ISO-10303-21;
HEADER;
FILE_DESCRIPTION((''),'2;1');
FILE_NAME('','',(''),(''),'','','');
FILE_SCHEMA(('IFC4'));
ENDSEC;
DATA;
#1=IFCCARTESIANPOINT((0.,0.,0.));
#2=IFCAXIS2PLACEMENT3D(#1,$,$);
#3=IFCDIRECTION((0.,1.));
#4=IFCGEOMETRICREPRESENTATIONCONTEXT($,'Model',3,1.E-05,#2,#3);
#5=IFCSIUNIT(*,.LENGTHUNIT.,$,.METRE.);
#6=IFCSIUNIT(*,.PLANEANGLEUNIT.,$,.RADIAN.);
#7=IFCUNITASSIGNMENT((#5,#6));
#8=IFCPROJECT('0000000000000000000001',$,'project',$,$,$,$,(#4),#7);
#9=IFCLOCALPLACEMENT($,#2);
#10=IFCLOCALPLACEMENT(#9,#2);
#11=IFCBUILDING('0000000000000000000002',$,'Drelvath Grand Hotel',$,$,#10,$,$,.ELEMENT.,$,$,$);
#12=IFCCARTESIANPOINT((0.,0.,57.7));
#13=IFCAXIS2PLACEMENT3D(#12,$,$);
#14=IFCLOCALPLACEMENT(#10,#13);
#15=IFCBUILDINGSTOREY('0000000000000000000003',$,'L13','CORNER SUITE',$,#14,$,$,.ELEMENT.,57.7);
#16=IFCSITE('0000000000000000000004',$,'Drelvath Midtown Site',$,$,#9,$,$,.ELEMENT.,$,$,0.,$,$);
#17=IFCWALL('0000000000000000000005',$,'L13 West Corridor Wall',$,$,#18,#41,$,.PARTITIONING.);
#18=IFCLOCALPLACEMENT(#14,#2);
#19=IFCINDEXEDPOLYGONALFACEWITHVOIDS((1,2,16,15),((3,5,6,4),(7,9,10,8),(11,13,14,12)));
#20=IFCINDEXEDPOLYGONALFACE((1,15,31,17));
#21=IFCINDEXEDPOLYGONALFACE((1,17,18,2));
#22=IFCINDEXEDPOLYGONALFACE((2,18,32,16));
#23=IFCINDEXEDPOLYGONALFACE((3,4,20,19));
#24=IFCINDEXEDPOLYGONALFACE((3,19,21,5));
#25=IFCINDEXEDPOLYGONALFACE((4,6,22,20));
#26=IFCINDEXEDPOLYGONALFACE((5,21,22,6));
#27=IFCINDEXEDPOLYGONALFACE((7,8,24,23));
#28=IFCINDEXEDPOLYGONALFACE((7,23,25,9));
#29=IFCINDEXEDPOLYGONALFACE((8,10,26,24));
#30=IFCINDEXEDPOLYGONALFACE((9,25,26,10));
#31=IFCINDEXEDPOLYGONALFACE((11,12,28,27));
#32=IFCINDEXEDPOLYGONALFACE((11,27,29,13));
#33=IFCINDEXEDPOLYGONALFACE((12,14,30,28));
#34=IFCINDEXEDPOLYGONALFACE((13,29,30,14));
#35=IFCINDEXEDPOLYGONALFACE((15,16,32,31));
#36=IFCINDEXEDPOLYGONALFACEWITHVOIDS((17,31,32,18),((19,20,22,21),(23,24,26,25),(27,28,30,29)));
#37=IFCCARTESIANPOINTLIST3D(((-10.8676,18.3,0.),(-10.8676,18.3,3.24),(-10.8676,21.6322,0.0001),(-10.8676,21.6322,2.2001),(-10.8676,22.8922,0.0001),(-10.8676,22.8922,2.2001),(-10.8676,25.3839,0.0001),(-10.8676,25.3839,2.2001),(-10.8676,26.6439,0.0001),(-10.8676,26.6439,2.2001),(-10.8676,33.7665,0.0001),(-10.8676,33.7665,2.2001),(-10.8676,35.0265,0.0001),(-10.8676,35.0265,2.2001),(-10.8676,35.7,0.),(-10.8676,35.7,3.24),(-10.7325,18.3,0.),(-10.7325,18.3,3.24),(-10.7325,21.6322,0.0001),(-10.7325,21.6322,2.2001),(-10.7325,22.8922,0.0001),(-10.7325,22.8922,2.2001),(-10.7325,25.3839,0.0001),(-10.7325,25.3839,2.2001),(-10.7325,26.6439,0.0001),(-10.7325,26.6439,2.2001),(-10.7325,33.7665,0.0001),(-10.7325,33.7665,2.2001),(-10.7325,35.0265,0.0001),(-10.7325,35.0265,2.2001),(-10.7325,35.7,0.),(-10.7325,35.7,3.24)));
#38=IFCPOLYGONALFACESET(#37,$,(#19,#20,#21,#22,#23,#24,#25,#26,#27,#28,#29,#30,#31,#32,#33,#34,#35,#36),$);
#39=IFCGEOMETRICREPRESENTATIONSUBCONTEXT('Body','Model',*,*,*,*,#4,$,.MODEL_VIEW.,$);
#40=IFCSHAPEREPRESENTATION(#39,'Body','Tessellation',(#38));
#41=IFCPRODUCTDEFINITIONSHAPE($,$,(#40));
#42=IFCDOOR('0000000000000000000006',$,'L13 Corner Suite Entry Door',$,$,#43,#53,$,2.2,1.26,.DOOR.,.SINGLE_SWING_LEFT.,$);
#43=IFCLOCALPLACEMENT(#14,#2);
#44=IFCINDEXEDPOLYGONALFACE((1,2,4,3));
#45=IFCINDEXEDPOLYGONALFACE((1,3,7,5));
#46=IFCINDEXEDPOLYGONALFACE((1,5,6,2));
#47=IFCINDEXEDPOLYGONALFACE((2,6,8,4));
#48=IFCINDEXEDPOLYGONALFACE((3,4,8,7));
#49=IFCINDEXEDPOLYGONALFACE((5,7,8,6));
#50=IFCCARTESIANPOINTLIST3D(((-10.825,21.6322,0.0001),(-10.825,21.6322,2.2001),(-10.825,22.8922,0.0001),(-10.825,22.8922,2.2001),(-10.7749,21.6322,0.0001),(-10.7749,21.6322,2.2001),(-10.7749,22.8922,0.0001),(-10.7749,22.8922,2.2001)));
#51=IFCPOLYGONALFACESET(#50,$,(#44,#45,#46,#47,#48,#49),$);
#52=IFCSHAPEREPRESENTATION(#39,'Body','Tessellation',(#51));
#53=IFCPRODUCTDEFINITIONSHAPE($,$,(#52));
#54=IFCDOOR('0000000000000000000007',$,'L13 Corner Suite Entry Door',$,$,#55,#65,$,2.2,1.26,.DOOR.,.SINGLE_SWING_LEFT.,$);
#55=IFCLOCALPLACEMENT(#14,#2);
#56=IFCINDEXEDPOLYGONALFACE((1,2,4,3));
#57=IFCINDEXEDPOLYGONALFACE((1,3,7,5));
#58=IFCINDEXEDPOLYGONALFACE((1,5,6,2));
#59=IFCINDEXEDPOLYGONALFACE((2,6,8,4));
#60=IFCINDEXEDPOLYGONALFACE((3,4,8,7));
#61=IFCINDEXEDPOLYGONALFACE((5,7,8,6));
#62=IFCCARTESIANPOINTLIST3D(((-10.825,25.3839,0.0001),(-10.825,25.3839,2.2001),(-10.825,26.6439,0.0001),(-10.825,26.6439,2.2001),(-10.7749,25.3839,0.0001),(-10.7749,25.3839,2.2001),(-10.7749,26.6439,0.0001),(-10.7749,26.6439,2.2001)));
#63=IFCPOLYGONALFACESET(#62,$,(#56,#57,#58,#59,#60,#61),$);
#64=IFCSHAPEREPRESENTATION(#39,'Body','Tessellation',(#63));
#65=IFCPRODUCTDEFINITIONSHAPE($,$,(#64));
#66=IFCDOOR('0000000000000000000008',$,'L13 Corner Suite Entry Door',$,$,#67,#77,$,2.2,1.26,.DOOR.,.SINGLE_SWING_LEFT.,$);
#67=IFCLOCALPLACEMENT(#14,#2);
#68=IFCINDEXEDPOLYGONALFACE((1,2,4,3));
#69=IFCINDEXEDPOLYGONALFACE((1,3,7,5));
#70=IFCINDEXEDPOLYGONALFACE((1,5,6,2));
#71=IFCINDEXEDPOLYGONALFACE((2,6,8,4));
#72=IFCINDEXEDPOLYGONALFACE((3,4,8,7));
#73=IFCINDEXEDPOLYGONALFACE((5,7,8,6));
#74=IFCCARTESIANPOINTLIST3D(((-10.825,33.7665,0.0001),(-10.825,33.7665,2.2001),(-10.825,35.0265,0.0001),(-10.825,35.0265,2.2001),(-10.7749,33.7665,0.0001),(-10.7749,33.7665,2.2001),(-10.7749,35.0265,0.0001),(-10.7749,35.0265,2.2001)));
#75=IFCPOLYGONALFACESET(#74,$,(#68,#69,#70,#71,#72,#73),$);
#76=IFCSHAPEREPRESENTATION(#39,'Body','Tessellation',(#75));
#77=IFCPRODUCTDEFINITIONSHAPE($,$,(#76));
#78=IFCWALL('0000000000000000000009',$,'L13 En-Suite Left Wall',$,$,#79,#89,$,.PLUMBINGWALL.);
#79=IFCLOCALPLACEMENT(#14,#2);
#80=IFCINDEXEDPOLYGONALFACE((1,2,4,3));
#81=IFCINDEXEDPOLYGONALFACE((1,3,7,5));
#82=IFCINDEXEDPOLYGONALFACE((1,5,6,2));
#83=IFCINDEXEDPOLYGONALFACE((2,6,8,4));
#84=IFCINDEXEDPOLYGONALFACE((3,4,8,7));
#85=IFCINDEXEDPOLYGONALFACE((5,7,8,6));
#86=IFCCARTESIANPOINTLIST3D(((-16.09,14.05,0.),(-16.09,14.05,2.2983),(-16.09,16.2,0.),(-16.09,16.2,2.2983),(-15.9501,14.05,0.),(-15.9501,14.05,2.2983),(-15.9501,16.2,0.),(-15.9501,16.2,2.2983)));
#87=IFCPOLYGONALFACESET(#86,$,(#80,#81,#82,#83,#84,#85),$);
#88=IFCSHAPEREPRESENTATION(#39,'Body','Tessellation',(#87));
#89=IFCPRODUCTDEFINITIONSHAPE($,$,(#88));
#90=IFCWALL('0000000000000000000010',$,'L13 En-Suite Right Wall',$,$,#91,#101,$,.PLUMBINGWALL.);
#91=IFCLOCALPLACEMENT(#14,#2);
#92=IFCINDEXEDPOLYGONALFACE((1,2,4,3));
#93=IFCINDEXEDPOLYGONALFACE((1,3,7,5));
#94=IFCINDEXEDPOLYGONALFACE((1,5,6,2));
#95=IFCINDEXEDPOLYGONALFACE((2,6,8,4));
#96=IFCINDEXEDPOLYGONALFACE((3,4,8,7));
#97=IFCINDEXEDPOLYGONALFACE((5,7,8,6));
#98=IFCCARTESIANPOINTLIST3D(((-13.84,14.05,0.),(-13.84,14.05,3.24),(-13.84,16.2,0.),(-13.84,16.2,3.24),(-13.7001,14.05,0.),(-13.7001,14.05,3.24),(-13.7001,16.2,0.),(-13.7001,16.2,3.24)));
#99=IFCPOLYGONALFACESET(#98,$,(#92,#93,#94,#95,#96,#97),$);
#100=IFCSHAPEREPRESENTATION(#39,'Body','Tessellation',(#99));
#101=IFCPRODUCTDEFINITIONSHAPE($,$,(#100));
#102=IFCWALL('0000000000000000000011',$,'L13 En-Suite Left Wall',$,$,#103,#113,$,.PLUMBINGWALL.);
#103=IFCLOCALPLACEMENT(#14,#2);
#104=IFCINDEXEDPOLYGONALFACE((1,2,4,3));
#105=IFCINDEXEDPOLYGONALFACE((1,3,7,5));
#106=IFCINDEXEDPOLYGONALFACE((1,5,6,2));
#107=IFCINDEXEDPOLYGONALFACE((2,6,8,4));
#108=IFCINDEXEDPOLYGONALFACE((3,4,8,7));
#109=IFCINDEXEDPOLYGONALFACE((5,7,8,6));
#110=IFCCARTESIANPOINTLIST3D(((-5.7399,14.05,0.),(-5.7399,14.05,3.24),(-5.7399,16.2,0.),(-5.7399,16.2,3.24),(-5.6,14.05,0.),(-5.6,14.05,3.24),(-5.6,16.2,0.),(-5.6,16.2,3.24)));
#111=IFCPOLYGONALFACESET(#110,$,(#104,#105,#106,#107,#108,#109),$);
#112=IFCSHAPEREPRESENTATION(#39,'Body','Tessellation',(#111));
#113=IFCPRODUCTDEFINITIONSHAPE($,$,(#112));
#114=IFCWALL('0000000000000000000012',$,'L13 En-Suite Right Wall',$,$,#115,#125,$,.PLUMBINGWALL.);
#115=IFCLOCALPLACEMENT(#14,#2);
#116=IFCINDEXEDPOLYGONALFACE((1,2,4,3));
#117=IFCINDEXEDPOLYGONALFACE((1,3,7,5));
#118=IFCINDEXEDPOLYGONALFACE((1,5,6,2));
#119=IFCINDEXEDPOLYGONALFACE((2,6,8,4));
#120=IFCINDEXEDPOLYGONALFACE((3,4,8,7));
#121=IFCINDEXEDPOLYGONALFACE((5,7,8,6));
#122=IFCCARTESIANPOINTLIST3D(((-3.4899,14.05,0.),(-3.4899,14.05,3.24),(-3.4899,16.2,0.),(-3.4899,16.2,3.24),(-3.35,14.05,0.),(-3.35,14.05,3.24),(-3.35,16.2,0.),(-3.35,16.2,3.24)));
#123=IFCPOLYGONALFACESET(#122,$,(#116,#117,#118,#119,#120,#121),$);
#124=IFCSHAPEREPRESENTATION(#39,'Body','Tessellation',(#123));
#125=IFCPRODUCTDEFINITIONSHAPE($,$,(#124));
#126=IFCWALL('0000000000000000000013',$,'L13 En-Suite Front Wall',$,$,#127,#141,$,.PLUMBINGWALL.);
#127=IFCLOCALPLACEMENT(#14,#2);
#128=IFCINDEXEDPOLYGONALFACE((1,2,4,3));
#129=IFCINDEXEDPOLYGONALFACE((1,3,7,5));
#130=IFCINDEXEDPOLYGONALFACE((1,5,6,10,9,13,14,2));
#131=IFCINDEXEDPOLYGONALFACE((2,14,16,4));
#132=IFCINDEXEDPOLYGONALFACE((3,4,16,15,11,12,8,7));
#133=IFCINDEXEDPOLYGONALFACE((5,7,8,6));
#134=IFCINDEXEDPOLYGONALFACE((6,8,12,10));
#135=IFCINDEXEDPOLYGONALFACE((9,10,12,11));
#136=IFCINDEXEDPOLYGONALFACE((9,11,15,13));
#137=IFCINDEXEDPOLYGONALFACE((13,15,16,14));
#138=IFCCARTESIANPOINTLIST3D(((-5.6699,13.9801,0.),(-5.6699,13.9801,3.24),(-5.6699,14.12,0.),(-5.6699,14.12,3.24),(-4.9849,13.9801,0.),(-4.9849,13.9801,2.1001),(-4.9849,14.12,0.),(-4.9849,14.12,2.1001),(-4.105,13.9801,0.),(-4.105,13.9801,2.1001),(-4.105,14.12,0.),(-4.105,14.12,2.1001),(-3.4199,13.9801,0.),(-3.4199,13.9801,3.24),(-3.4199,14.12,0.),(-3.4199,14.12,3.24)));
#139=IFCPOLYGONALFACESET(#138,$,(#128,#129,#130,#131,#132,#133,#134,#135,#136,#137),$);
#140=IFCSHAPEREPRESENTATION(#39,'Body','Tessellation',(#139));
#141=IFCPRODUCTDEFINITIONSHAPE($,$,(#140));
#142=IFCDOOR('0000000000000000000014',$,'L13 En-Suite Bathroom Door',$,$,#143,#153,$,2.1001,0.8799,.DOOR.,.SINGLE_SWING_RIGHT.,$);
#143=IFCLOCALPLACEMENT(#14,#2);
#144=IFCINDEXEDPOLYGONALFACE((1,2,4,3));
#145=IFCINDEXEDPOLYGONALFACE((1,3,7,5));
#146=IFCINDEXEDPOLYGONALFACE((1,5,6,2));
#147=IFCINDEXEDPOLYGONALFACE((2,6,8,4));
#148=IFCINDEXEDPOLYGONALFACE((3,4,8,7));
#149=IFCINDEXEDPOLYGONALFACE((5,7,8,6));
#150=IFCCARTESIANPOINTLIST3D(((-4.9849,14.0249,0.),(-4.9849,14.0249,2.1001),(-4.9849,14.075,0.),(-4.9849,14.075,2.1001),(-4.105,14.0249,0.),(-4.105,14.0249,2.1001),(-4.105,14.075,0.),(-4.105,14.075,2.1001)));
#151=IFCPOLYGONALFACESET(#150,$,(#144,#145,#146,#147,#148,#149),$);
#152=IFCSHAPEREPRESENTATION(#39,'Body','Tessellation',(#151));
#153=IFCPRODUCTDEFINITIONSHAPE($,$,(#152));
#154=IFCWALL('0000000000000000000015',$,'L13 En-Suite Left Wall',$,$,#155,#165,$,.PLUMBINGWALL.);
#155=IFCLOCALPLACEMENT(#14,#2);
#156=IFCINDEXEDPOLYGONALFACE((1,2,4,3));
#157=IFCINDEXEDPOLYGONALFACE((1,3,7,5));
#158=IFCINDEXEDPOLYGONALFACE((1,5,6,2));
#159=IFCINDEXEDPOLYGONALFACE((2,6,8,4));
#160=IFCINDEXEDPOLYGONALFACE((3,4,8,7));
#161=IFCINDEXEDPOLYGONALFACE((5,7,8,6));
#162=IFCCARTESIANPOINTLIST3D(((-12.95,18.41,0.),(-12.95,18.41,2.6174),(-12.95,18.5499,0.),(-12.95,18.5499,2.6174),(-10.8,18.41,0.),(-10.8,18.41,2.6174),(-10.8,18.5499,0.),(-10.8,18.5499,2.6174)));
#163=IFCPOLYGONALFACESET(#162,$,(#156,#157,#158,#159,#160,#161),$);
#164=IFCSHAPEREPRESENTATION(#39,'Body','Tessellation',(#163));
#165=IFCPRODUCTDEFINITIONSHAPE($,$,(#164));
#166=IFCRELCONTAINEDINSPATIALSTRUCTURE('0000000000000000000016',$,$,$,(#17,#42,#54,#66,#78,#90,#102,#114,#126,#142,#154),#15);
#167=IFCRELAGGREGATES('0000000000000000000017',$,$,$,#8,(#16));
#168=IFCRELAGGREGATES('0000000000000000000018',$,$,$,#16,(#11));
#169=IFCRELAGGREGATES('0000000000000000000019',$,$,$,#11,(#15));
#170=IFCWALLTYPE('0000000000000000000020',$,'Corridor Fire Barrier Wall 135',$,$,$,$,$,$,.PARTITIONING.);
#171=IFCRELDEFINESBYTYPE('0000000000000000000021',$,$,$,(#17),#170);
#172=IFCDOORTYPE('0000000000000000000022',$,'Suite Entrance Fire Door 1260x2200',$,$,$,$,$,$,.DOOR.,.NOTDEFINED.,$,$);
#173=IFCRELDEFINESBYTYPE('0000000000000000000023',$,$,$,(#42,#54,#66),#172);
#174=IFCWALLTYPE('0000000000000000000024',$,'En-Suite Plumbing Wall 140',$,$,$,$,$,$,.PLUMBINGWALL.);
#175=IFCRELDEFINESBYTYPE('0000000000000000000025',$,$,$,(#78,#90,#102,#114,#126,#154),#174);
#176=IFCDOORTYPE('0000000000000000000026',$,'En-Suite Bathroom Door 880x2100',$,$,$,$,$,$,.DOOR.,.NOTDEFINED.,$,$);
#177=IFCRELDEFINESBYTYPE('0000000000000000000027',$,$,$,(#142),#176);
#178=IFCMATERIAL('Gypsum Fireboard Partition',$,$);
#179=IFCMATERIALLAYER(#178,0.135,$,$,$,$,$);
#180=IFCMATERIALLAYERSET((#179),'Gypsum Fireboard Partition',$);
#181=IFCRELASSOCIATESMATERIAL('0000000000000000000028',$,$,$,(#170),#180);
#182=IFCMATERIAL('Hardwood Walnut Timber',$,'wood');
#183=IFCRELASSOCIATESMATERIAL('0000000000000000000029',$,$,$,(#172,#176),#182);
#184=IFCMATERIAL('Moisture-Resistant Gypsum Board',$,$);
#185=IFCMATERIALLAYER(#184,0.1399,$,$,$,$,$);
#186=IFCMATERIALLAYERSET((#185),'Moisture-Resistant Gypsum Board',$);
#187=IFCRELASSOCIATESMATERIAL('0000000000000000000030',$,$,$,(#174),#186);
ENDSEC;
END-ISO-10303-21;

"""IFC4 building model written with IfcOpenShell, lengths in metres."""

from ifc_helpers import new_model, si_unit, direction, frame, frame_2d, origin, place, context, subcontext, project, spatial, rectangle, extrude, material, layer, layer_set, type_object, element, fill, save


model = new_model("IFC4")

# Units and contexts
model_context = context("Model", 3, precision=1e-05, world=origin(), true_north=direction((0.0, 1.0)))
body_context = subcontext(model_context, "Body", "Model", "MODEL_VIEW")
ifc_project = project(units=[si_unit("LENGTHUNIT", "METRE"), si_unit("PLANEANGLEUNIT", "RADIAN")], contexts=[model_context])

# Site, building, storey
site_placement = place(None, origin())
site = spatial("IfcSite", under=ifc_project, at=site_placement, Name="Drelvath Midtown Site", CompositionType="ELEMENT", RefElevation=0.0)
building_placement = place(site_placement, origin())
building = spatial("IfcBuilding", under=site, at=building_placement, Name="Drelvath Grand Hotel", CompositionType="ELEMENT")
storey_placement = place(building_placement, frame((0.0, 0.0, 57.7)))
storey = spatial("IfcBuildingStorey", under=building, at=storey_placement, Name="L13", Description="CORNER SUITE", CompositionType="ELEMENT", Elevation=57.7)

# Shared definitions
ifc_material_1 = material(Name="Gypsum Fireboard Partition")

# Wall, openings, doors
ifc_layer_1 = layer(ifc_material_1, 0.135)
ifc_layer_set_1 = layer_set([ifc_layer_1], Name="Gypsum Fireboard Partition")
wall_type_1 = type_object("IfcWallType", Name="Corridor Fire Barrier Wall 135", PredefinedType="PARTITIONING", material=ifc_layer_set_1)
wall_1_placement = place(storey_placement, frame((-10.8, 18.3, 0.0), z_axis=(0.0, 0.0, 1.0), x_axis=(0.0, 1.0, 0.0)))
wall_1 = element("IfcWall", 1, at=wall_1_placement, inside=storey, type_object=wall_type_1, Name="L13 West Corridor Wall", PredefinedType="PARTITIONING", context=body_context, shape_type="SweptSolid", body=[
    extrude(rectangle(XDim=17.3999, YDim=0.135, at=frame_2d((8.7, 0.0))), origin(), (0.0, 0.0, 1.0), 3.24),
])
opening_1_placement = place(wall_1_placement, frame((3.3323, 0.0, 0.0)))
opening_1 = element("IfcOpeningElement", 2, at=opening_1_placement, cuts=wall_1, PredefinedType="OPENING", context=body_context, shape_type="SweptSolid", body=[
    extrude(rectangle(XDim=1.26, YDim=2.2, at=frame_2d((0.6299, 1.1001))), frame((0.0, 0.0774, 0.0), z_axis=(0.0, -1.0, 0.0), x_axis=(1.0, 0.0, 0.0)), (0.0, 0.0, 1.0), 0.155),
])
opening_2_placement = place(wall_1_placement, frame((7.084, 0.0, 0.0)))
opening_2 = element("IfcOpeningElement", 3, at=opening_2_placement, cuts=wall_1, PredefinedType="OPENING", context=body_context, shape_type="SweptSolid", body=[
    extrude(rectangle(XDim=1.26, YDim=2.2, at=frame_2d((0.6299, 1.1001))), frame((0.0, 0.0774, 0.0), z_axis=(0.0, -1.0, 0.0), x_axis=(1.0, 0.0, 0.0)), (0.0, 0.0, 1.0), 0.155),
])
opening_3_placement = place(wall_1_placement, frame((15.4666, 0.0, 0.0)))
opening_3 = element("IfcOpeningElement", 4, at=opening_3_placement, cuts=wall_1, PredefinedType="OPENING", context=body_context, shape_type="SweptSolid", body=[
    extrude(rectangle(XDim=1.26, YDim=2.2, at=frame_2d((0.6299, 1.1001))), frame((0.0, 0.0774, 0.0), z_axis=(0.0, -1.0, 0.0), x_axis=(1.0, 0.0, 0.0)), (0.0, 0.0, 1.0), 0.155),
])
ifc_material_2 = material(Name="Hardwood Walnut Timber", Category="wood")
door_type_1 = type_object("IfcDoorType", Name="Suite Entrance Fire Door 1260x2200", OperationType="NOTDEFINED", PredefinedType="DOOR", material=ifc_material_2)
door_1_placement = place(opening_1_placement, origin())
door_1 = element("IfcDoor", 5, at=door_1_placement, inside=storey, type_object=door_type_1, Name="L13 Corner Suite Entry Door", OperationType="SINGLE_SWING_LEFT", OverallHeight=2.2, OverallWidth=1.26, PredefinedType="DOOR", context=body_context, shape_type="SweptSolid", body=[
    extrude(rectangle(XDim=1.26, YDim=2.2, at=frame_2d((0.6299, 1.1001))), frame((0.0, 0.0249, 0.0), z_axis=(0.0, -1.0, 0.0), x_axis=(1.0, 0.0, 0.0)), (0.0, 0.0, 1.0), 0.05),
])
fill(opening_1, door_1)
door_2_placement = place(opening_2_placement, origin())
door_2 = element("IfcDoor", 6, at=door_2_placement, inside=storey, type_object=door_type_1, Name="L13 Corner Suite Entry Door", OperationType="SINGLE_SWING_LEFT", OverallHeight=2.2, OverallWidth=1.26, PredefinedType="DOOR", context=body_context, shape_type="SweptSolid", body=[
    extrude(rectangle(XDim=1.26, YDim=2.2, at=frame_2d((0.6299, 1.1001))), frame((0.0, 0.0249, 0.0), z_axis=(0.0, -1.0, 0.0), x_axis=(1.0, 0.0, 0.0)), (0.0, 0.0, 1.0), 0.05),
])
fill(opening_2, door_2)
door_3_placement = place(opening_3_placement, origin())
door_3 = element("IfcDoor", 7, at=door_3_placement, inside=storey, type_object=door_type_1, Name="L13 Corner Suite Entry Door", OperationType="SINGLE_SWING_LEFT", OverallHeight=2.2, OverallWidth=1.26, PredefinedType="DOOR", context=body_context, shape_type="SweptSolid", body=[
    extrude(rectangle(XDim=1.26, YDim=2.2, at=frame_2d((0.6299, 1.1001))), frame((0.0, 0.0249, 0.0), z_axis=(0.0, -1.0, 0.0), x_axis=(1.0, 0.0, 0.0)), (0.0, 0.0, 1.0), 0.05),
])
fill(opening_3, door_3)

# Walls
ifc_material_3 = material(Name="Moisture-Resistant Gypsum Board")
ifc_layer_2 = layer(ifc_material_3, 0.1399)
ifc_layer_set_2 = layer_set([ifc_layer_2], Name="Moisture-Resistant Gypsum Board")
wall_type_2 = type_object("IfcWallType", Name="En-Suite Plumbing Wall 140", PredefinedType="PLUMBINGWALL", material=ifc_layer_set_2)
wall_2_placement = place(storey_placement, frame((-16.02, 16.2, 0.0), z_axis=(0.0, 0.0, 1.0), x_axis=(0.0, -1.0, 0.0)))
element("IfcWall", 8, at=wall_2_placement, inside=storey, type_object=wall_type_2, Name="L13 En-Suite Left Wall", PredefinedType="PLUMBINGWALL", context=body_context, shape_type="SweptSolid", body=[
    extrude(rectangle(XDim=2.1499, YDim=0.1399, at=frame_2d((1.075, 0.0))), origin(), (0.0, 0.0, 1.0), 2.2983),
])
for number, where, z_axis, x_axis, name in (
    (9, (-13.77, 16.2, 0.0), (0.0, 0.0, 1.0), (0.0, -1.0, 0.0), "L13 En-Suite Right Wall"),
    (10, (-5.6699, 16.2, 0.0), (0.0, 0.0, 1.0), (0.0, -1.0, 0.0), "L13 En-Suite Left Wall"),
    (11, (-3.4199, 16.2, 0.0), (0.0, 0.0, 1.0), (0.0, -1.0, 0.0), "L13 En-Suite Right Wall"),
):
    element("IfcWall", number, at=place(storey_placement, frame(where, z_axis=z_axis, x_axis=x_axis)), inside=storey, type_object=wall_type_2, Name=name, PredefinedType="PLUMBINGWALL", context=body_context, shape_type="SweptSolid", body=[
        extrude(rectangle(XDim=2.1499, YDim=0.1399, at=frame_2d((1.075, 0.0))), origin(), (0.0, 0.0, 1.0), 3.24),
    ])

# Wall, opening, door
wall_3_placement = place(storey_placement, frame((-5.6699, 14.05, 0.0), z_axis=(0.0, 0.0, 1.0), x_axis=(1.0, 0.0, 0.0)))
wall_3 = element("IfcWall", 12, at=wall_3_placement, inside=storey, type_object=wall_type_2, Name="L13 En-Suite Front Wall", PredefinedType="PLUMBINGWALL", context=body_context, shape_type="SweptSolid", body=[
    extrude(rectangle(XDim=2.25, YDim=0.1399, at=frame_2d((1.125, 0.0))), origin(), (0.0, 0.0, 1.0), 3.24),
])
opening_4_placement = place(wall_3_placement, frame((0.6851, 0.0, 0.0)))
opening_4 = element("IfcOpeningElement", 13, at=opening_4_placement, cuts=wall_3, PredefinedType="OPENING", context=body_context, shape_type="SweptSolid", body=[
    extrude(rectangle(XDim=0.8799, YDim=2.1001, at=frame_2d((0.4399, 1.05))), frame((0.0, 0.0798, 0.0), z_axis=(0.0, -1.0, 0.0), x_axis=(1.0, 0.0, 0.0)), (0.0, 0.0, 1.0), 0.1599),
])
door_type_2 = type_object("IfcDoorType", Name="En-Suite Bathroom Door 880x2100", OperationType="NOTDEFINED", PredefinedType="DOOR", material=ifc_material_2)
door_4_placement = place(opening_4_placement, origin())
door_4 = element("IfcDoor", 14, at=door_4_placement, inside=storey, type_object=door_type_2, Name="L13 En-Suite Bathroom Door", OperationType="SINGLE_SWING_RIGHT", OverallHeight=2.1001, OverallWidth=0.8799, PredefinedType="DOOR", context=body_context, shape_type="SweptSolid", body=[
    extrude(rectangle(XDim=0.8799, YDim=2.1001, at=frame_2d((0.4399, 1.05))), frame((0.0, 0.0249, 0.0), z_axis=(0.0, -1.0, 0.0), x_axis=(1.0, 0.0, 0.0)), (0.0, 0.0, 1.0), 0.05),
])
fill(opening_4, door_4)

# Wall
wall_4_placement = place(storey_placement, frame((-10.8, 18.48, 0.0), z_axis=(0.0, 0.0, 1.0), x_axis=(-1.0, 0.0, 0.0)))
element("IfcWall", 15, at=wall_4_placement, inside=storey, type_object=wall_type_2, Name="L13 En-Suite Left Wall", PredefinedType="PLUMBINGWALL", context=body_context, shape_type="SweptSolid", body=[
    extrude(rectangle(XDim=2.1499, YDim=0.1399, at=frame_2d((1.075, 0.0))), origin(), (0.0, 0.0, 1.0), 2.6174),
])

save(model, "model.ifc")
